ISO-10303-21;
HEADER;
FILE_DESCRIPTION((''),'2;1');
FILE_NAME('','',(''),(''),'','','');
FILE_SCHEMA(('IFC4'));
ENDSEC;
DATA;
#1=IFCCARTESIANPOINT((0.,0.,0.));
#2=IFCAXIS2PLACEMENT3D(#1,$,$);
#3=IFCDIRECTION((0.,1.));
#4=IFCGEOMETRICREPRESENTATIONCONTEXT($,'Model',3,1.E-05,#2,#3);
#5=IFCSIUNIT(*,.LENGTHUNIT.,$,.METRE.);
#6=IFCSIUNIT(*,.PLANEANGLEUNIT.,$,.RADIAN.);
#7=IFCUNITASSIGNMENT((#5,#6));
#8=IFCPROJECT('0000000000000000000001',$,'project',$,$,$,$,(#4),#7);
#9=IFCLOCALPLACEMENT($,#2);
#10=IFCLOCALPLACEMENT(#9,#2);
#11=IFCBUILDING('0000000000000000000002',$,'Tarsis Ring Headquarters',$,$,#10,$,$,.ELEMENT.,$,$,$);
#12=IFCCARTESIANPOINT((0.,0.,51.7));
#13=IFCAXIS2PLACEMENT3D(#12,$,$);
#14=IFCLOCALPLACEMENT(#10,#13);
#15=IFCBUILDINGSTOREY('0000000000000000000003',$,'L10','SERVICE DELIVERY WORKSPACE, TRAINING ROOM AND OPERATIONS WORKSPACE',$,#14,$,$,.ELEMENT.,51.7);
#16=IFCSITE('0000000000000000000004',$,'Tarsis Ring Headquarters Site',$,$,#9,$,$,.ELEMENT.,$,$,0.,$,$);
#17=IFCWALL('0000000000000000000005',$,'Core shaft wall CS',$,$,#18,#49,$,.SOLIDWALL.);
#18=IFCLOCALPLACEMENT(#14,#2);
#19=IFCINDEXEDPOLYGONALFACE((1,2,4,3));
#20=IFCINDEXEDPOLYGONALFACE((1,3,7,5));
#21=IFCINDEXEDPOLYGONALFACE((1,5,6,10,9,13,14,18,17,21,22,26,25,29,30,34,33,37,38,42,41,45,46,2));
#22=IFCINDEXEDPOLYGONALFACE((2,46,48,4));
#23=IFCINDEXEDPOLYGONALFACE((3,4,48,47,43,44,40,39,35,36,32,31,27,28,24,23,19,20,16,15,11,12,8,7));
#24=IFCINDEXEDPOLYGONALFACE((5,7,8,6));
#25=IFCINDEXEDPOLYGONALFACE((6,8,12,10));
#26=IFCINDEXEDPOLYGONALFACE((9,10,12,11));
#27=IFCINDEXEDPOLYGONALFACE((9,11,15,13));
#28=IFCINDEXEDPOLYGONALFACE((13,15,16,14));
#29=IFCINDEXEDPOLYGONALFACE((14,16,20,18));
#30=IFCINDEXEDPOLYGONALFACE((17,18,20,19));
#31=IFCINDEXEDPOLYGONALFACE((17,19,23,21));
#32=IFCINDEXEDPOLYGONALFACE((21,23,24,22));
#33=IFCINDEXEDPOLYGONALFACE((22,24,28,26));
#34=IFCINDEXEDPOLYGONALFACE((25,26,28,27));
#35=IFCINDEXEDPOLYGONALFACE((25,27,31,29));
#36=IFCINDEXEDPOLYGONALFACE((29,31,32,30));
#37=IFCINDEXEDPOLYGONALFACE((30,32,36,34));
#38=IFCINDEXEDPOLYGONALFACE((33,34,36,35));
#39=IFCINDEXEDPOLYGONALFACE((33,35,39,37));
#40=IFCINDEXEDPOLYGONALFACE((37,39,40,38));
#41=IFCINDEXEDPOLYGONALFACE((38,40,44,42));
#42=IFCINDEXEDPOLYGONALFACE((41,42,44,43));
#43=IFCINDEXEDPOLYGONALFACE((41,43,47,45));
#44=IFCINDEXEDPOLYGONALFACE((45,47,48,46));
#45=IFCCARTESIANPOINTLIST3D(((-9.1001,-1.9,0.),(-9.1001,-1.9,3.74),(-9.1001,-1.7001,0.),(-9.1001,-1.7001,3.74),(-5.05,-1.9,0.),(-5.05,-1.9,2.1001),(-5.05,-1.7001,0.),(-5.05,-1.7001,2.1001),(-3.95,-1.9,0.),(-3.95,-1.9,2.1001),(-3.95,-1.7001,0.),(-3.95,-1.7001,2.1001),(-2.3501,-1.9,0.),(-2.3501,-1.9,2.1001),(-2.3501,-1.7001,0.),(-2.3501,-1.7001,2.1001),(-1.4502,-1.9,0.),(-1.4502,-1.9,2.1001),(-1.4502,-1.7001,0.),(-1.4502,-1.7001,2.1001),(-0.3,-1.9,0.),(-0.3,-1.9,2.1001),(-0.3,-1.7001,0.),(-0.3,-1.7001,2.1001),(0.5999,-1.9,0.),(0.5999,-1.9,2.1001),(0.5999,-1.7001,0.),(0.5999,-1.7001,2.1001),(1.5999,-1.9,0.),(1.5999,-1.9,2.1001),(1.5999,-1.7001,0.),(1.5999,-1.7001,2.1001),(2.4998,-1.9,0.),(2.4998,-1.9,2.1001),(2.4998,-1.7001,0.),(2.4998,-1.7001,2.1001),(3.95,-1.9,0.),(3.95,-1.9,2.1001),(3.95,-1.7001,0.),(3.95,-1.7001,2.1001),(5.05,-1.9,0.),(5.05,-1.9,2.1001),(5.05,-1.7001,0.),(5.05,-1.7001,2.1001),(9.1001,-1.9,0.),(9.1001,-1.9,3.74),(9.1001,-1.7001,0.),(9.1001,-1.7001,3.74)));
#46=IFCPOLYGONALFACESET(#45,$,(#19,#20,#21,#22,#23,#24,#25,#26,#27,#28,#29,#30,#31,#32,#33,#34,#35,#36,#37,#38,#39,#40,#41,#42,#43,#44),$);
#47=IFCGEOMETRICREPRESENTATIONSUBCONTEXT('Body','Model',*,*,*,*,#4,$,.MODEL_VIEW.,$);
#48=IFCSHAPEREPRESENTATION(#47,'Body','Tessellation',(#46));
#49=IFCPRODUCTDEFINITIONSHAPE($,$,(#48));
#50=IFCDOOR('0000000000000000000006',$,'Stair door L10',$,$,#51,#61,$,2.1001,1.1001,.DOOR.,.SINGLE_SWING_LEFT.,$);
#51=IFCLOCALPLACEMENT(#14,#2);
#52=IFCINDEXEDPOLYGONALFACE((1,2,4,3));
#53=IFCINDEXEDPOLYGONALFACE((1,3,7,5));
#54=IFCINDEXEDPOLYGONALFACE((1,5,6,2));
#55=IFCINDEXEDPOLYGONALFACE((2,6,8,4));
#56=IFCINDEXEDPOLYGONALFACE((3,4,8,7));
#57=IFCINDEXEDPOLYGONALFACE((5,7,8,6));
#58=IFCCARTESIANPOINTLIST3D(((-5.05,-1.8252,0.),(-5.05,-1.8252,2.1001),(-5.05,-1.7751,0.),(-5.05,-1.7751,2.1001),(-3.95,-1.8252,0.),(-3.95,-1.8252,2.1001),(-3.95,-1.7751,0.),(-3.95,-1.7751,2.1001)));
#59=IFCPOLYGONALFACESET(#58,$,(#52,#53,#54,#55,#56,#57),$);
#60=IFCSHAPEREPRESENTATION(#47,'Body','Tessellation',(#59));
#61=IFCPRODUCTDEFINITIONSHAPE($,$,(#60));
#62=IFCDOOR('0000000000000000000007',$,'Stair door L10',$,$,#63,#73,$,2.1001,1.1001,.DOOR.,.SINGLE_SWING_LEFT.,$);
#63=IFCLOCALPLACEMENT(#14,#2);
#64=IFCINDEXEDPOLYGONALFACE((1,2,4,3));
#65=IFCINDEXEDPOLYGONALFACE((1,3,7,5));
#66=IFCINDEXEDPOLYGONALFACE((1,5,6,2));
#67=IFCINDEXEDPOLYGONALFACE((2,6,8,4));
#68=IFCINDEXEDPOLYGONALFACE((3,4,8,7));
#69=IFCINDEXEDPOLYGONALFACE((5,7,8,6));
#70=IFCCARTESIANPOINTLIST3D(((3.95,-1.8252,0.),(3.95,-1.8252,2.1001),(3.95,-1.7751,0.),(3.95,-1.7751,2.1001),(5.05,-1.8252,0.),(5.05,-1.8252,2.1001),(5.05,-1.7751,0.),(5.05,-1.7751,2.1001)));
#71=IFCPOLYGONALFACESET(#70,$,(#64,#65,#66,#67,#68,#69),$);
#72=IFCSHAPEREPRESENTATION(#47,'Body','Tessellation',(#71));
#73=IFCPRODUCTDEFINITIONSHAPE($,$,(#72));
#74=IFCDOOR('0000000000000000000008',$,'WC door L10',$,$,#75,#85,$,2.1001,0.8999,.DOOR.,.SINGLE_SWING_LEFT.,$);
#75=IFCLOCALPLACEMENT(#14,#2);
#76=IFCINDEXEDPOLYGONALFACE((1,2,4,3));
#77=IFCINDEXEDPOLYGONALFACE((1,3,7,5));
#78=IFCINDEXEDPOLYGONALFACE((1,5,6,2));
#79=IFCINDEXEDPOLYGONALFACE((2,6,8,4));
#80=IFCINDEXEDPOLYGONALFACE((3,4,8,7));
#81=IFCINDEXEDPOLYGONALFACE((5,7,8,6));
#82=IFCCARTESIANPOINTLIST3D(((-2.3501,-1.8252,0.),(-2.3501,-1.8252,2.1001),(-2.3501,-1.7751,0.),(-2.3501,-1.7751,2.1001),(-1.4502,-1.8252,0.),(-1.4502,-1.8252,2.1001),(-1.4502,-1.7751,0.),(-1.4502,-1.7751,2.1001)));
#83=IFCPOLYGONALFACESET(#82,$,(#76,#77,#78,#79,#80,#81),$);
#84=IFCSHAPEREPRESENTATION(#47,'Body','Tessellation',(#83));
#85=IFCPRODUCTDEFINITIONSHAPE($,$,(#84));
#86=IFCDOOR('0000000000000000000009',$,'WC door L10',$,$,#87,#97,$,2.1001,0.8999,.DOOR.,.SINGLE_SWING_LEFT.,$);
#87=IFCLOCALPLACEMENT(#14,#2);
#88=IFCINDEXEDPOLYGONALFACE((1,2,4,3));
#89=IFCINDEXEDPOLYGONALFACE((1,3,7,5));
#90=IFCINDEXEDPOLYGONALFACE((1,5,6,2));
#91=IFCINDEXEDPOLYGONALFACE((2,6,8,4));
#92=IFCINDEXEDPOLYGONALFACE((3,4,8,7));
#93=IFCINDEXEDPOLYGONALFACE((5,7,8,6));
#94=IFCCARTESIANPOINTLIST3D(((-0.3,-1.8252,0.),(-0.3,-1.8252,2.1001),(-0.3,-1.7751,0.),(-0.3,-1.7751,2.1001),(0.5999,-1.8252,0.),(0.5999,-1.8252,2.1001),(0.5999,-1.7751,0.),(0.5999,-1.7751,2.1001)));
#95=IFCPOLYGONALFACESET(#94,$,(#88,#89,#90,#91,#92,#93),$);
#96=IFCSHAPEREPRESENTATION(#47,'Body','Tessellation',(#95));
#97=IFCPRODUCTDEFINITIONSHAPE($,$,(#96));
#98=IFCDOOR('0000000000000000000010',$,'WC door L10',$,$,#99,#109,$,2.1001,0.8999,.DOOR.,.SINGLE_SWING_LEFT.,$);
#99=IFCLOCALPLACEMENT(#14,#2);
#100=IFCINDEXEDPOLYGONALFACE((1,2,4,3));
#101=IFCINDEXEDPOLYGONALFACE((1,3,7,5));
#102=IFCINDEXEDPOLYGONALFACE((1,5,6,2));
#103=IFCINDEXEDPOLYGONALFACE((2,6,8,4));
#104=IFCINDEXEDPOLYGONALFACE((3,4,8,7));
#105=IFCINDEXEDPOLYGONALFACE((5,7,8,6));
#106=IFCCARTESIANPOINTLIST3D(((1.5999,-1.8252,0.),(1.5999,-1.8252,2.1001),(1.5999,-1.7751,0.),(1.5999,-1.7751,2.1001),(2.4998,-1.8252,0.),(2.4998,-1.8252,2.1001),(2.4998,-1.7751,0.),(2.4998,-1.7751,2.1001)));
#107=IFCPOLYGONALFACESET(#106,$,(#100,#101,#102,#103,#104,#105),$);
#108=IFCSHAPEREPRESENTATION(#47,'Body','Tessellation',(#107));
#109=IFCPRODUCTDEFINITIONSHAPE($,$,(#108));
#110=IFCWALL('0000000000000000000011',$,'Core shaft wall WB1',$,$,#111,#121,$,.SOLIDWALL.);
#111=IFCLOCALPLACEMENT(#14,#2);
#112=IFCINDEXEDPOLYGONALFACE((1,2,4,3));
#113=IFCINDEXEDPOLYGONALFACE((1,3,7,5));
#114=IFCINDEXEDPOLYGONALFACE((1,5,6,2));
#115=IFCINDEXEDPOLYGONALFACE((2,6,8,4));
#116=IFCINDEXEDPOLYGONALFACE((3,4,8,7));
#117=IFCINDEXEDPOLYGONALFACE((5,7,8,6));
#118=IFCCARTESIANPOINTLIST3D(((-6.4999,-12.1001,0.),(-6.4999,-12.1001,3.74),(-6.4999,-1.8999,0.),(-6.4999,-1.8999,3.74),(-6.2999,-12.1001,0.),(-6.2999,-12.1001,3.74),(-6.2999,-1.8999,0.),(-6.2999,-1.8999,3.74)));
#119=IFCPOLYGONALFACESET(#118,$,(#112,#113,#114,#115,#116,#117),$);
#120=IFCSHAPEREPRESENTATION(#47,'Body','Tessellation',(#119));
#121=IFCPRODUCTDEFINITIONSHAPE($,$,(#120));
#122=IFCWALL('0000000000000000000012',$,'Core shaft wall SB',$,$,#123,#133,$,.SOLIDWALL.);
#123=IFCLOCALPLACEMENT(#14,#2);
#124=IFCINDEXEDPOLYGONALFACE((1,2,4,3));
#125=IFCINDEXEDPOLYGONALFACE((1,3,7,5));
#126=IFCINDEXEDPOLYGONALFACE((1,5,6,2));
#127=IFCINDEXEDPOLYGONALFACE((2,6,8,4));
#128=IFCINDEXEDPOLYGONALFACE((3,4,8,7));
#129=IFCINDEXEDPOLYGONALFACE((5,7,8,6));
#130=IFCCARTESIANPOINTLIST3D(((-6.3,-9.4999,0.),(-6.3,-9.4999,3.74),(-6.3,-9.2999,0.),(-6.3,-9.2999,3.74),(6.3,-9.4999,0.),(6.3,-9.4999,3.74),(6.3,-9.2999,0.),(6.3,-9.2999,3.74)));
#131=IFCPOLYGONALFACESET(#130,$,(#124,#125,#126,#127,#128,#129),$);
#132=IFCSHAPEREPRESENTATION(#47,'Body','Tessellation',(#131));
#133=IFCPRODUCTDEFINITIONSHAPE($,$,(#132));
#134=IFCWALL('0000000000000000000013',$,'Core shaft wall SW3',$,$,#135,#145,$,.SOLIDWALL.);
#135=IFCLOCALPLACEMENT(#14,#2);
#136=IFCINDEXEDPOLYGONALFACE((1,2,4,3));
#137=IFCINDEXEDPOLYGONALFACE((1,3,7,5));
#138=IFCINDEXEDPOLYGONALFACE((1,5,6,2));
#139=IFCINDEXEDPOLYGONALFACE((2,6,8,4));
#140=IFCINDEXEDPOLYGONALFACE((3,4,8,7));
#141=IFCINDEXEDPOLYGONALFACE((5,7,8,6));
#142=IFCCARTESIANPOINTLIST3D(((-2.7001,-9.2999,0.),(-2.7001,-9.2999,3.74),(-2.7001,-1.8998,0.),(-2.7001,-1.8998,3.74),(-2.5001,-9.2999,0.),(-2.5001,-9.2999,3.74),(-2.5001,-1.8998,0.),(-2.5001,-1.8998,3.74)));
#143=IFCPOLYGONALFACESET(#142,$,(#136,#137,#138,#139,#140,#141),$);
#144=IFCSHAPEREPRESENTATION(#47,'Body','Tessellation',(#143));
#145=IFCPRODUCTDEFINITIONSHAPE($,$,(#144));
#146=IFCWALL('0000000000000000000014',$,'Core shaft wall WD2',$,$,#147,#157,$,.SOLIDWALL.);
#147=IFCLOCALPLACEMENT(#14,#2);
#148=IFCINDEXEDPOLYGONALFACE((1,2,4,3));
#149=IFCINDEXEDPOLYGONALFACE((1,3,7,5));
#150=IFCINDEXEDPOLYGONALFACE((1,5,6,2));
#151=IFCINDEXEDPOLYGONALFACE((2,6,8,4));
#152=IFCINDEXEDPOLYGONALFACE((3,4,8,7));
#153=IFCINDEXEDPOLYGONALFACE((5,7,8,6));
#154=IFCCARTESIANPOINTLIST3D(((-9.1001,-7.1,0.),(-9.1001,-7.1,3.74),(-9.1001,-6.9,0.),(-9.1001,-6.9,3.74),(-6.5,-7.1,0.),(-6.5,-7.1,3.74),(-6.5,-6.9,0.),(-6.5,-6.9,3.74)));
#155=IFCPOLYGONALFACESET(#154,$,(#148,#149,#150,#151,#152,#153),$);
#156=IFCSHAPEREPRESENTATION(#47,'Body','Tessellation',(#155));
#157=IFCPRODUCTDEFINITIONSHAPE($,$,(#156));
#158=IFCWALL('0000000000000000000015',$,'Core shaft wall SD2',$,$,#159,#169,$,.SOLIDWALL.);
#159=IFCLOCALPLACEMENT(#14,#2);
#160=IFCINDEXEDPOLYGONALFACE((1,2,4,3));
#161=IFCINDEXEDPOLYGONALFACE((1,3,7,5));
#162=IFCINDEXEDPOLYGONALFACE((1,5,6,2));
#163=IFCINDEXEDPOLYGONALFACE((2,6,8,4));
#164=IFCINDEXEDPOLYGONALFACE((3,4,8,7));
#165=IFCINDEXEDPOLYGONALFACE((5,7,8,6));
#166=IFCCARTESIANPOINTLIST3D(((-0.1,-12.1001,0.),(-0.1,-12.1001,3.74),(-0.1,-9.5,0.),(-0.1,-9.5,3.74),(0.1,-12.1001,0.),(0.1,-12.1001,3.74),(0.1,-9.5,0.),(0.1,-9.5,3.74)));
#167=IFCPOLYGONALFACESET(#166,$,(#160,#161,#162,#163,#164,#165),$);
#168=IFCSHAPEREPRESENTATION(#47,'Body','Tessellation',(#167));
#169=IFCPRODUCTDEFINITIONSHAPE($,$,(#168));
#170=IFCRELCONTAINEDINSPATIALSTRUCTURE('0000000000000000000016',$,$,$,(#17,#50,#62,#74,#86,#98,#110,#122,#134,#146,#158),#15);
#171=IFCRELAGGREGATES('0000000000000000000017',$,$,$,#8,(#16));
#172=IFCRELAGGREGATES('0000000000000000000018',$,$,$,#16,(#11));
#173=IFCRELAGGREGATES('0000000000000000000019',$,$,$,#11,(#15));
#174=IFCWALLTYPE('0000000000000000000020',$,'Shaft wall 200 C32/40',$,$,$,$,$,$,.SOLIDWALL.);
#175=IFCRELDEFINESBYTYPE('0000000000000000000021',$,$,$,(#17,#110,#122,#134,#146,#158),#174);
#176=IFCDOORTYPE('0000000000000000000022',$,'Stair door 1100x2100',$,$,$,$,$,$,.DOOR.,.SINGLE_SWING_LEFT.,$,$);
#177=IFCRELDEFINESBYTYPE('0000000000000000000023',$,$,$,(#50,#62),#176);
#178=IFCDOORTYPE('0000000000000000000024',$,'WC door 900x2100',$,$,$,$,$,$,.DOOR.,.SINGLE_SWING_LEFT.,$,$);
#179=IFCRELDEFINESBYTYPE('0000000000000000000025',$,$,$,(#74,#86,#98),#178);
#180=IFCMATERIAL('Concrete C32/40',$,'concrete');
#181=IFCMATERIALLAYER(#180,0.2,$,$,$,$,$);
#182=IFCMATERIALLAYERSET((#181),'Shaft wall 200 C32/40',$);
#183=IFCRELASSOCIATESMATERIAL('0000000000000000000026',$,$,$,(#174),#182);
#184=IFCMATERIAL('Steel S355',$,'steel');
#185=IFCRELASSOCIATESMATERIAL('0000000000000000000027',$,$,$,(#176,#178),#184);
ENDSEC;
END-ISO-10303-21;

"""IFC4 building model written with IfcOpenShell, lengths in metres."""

from ifc_helpers import new_model, si_unit, direction, frame, frame_2d, origin, place, context, subcontext, project, spatial, rectangle, extrude, material, layer, layer_set, type_object, element, fill, save


model = new_model("IFC4")

# Units and contexts
model_context = context("Model", 3, precision=1e-05, world=origin(), true_north=direction((0.0, 1.0)))
body_context = subcontext(model_context, "Body", "Model", "MODEL_VIEW")
ifc_project = project(units=[si_unit("LENGTHUNIT", "METRE"), si_unit("PLANEANGLEUNIT", "RADIAN")], contexts=[model_context])

# Site, building, storey
site_placement = place(None, origin())
site = spatial("IfcSite", under=ifc_project, at=site_placement, Name="Tarsis Ring Headquarters Site", CompositionType="ELEMENT", RefElevation=0.0)
building_placement = place(site_placement, origin())
building = spatial("IfcBuilding", under=site, at=building_placement, Name="Tarsis Ring Headquarters", CompositionType="ELEMENT")
storey_placement = place(building_placement, frame((0.0, 0.0, 51.7)))
storey = spatial("IfcBuildingStorey", under=building, at=storey_placement, Name="L10", Description="SERVICE DELIVERY WORKSPACE, TRAINING ROOM AND OPERATIONS WORKSPACE", CompositionType="ELEMENT", Elevation=51.7)

# Shared definitions
ifc_material_1 = material(Name="Concrete C32/40", Category="concrete")

# Wall, openings, doors
ifc_layer_1 = layer(ifc_material_1, 0.2)
ifc_layer_set_1 = layer_set([ifc_layer_1], Name="Shaft wall 200 C32/40")
wall_type_1 = type_object("IfcWallType", Name="Shaft wall 200 C32/40", PredefinedType="SOLIDWALL", material=ifc_layer_set_1)
wall_1_placement = place(storey_placement, frame((-9.1001, -1.8, 0.0), z_axis=(0.0, 0.0, 1.0), x_axis=(1.0, 0.0, 0.0)))
wall_1 = element("IfcWall", 1, at=wall_1_placement, inside=storey, type_object=wall_type_1, Name="Core shaft wall CS", PredefinedType="SOLIDWALL", context=body_context, shape_type="SweptSolid", body=[
    extrude(rectangle(XDim=18.2002, YDim=0.2, at=frame_2d((9.1001, 0.0))), origin(), (0.0, 0.0, 1.0), 3.74),
])
opening_1_placement = place(wall_1_placement, frame((4.05, 0.0, 0.0)))
opening_1 = element("IfcOpeningElement", 2, at=opening_1_placement, cuts=wall_1, PredefinedType="OPENING", context=body_context, shape_type="SweptSolid", body=[
    extrude(rectangle(XDim=1.1001, YDim=2.1001, at=frame_2d((0.55, 1.05))), frame((0.0, 0.1099, 0.0), z_axis=(0.0, -1.0, 0.0), x_axis=(1.0, 0.0, 0.0)), (0.0, 0.0, 1.0), 0.22),
])
opening_2_placement = place(wall_1_placement, frame((6.75, 0.0, 0.0)))
opening_2 = element("IfcOpeningElement", 3, at=opening_2_placement, cuts=wall_1, PredefinedType="OPENING", context=body_context, shape_type="SweptSolid", body=[
    extrude(rectangle(XDim=0.8999, YDim=2.1001, at=frame_2d((0.45, 1.05))), frame((0.0, 0.1099, 0.0), z_axis=(0.0, -1.0, 0.0), x_axis=(1.0, 0.0, 0.0)), (0.0, 0.0, 1.0), 0.22),
])
opening_3_placement = place(wall_1_placement, frame((8.8, 0.0, 0.0)))
opening_3 = element("IfcOpeningElement", 4, at=opening_3_placement, cuts=wall_1, PredefinedType="OPENING", context=body_context, shape_type="SweptSolid", body=[
    extrude(rectangle(XDim=0.8999, YDim=2.1001, at=frame_2d((0.45, 1.05))), frame((0.0, 0.1099, 0.0), z_axis=(0.0, -1.0, 0.0), x_axis=(1.0, 0.0, 0.0)), (0.0, 0.0, 1.0), 0.22),
])
opening_4_placement = place(wall_1_placement, frame((10.7, 0.0, 0.0)))
opening_4 = element("IfcOpeningElement", 5, at=opening_4_placement, cuts=wall_1, PredefinedType="OPENING", context=body_context, shape_type="SweptSolid", body=[
    extrude(rectangle(XDim=0.8999, YDim=2.1001, at=frame_2d((0.45, 1.05))), frame((0.0, 0.1099, 0.0), z_axis=(0.0, -1.0, 0.0), x_axis=(1.0, 0.0, 0.0)), (0.0, 0.0, 1.0), 0.22),
])
opening_5_placement = place(wall_1_placement, frame((13.05, 0.0, 0.0)))
opening_5 = element("IfcOpeningElement", 6, at=opening_5_placement, cuts=wall_1, PredefinedType="OPENING", context=body_context, shape_type="SweptSolid", body=[
    extrude(rectangle(XDim=1.1001, YDim=2.1001, at=frame_2d((0.55, 1.05))), frame((0.0, 0.1099, 0.0), z_axis=(0.0, -1.0, 0.0), x_axis=(1.0, 0.0, 0.0)), (0.0, 0.0, 1.0), 0.22),
])
ifc_material_2 = material(Name="Steel S355", Category="steel")
door_type_1 = type_object("IfcDoorType", Name="Stair door 1100x2100", OperationType="SINGLE_SWING_LEFT", PredefinedType="DOOR", material=ifc_material_2)
door_1_placement = place(opening_1_placement, origin())
door_1 = element("IfcDoor", 7, at=door_1_placement, inside=storey, type_object=door_type_1, Name="Stair door L10", OperationType="SINGLE_SWING_LEFT", OverallHeight=2.1001, OverallWidth=1.1001, PredefinedType="DOOR", context=body_context, shape_type="SweptSolid", body=[
    extrude(rectangle(XDim=1.1001, YDim=2.1001, at=frame_2d((0.55, 1.05))), frame((0.0, 0.0249, 0.0), z_axis=(0.0, -1.0, 0.0), x_axis=(1.0, 0.0, 0.0)), (0.0, 0.0, 1.0), 0.05),
])
fill(opening_1, door_1)
door_2_placement = place(opening_5_placement, origin())
door_2 = element("IfcDoor", 8, at=door_2_placement, inside=storey, type_object=door_type_1, Name="Stair door L10", OperationType="SINGLE_SWING_LEFT", OverallHeight=2.1001, OverallWidth=1.1001, PredefinedType="DOOR", context=body_context, shape_type="SweptSolid", body=[
    extrude(rectangle(XDim=1.1001, YDim=2.1001, at=frame_2d((0.55, 1.05))), frame((0.0, 0.0249, 0.0), z_axis=(0.0, -1.0, 0.0), x_axis=(1.0, 0.0, 0.0)), (0.0, 0.0, 1.0), 0.05),
])
fill(opening_5, door_2)
door_type_2 = type_object("IfcDoorType", Name="WC door 900x2100", OperationType="SINGLE_SWING_LEFT", PredefinedType="DOOR", material=ifc_material_2)
door_3_placement = place(opening_2_placement, origin())
door_3 = element("IfcDoor", 9, at=door_3_placement, inside=storey, type_object=door_type_2, Name="WC door L10", OperationType="SINGLE_SWING_LEFT", OverallHeight=2.1001, OverallWidth=0.8999, PredefinedType="DOOR", context=body_context, shape_type="SweptSolid", body=[
    extrude(rectangle(XDim=0.8999, YDim=2.1001, at=frame_2d((0.45, 1.05))), frame((0.0, 0.0249, 0.0), z_axis=(0.0, -1.0, 0.0), x_axis=(1.0, 0.0, 0.0)), (0.0, 0.0, 1.0), 0.05),
])
fill(opening_2, door_3)
door_4_placement = place(opening_3_placement, origin())
door_4 = element("IfcDoor", 10, at=door_4_placement, inside=storey, type_object=door_type_2, Name="WC door L10", OperationType="SINGLE_SWING_LEFT", OverallHeight=2.1001, OverallWidth=0.8999, PredefinedType="DOOR", context=body_context, shape_type="SweptSolid", body=[
    extrude(rectangle(XDim=0.8999, YDim=2.1001, at=frame_2d((0.45, 1.05))), frame((0.0, 0.0249, 0.0), z_axis=(0.0, -1.0, 0.0), x_axis=(1.0, 0.0, 0.0)), (0.0, 0.0, 1.0), 0.05),
])
fill(opening_3, door_4)
door_5_placement = place(opening_4_placement, origin())
door_5 = element("IfcDoor", 11, at=door_5_placement, inside=storey, type_object=door_type_2, Name="WC door L10", OperationType="SINGLE_SWING_LEFT", OverallHeight=2.1001, OverallWidth=0.8999, PredefinedType="DOOR", context=body_context, shape_type="SweptSolid", body=[
    extrude(rectangle(XDim=0.8999, YDim=2.1001, at=frame_2d((0.45, 1.05))), frame((0.0, 0.0249, 0.0), z_axis=(0.0, -1.0, 0.0), x_axis=(1.0, 0.0, 0.0)), (0.0, 0.0, 1.0), 0.05),
])
fill(opening_4, door_5)

# Walls
wall_2_placement = place(storey_placement, frame((-6.3999, -12.1001, 0.0), z_axis=(0.0, 0.0, 1.0), x_axis=(0.0, 1.0, 0.0)))
element("IfcWall", 12, at=wall_2_placement, inside=storey, type_object=wall_type_1, Name="Core shaft wall WB1", PredefinedType="SOLIDWALL", context=body_context, shape_type="SweptSolid", body=[
    extrude(rectangle(XDim=10.2002, YDim=0.2, at=frame_2d((5.1001, 0.0))), origin(), (0.0, 0.0, 1.0), 3.74),
])
wall_3_placement = place(storey_placement, frame((-6.3, -9.3999, 0.0), z_axis=(0.0, 0.0, 1.0), x_axis=(1.0, 0.0, 0.0)))
element("IfcWall", 13, at=wall_3_placement, inside=storey, type_object=wall_type_1, Name="Core shaft wall SB", PredefinedType="SOLIDWALL", context=body_context, shape_type="SweptSolid", body=[
    extrude(rectangle(XDim=12.6001, YDim=0.2, at=frame_2d((6.3, 0.0))), origin(), (0.0, 0.0, 1.0), 3.74),
])
wall_4_placement = place(storey_placement, frame((-2.6001, -9.3, 0.0), z_axis=(0.0, 0.0, 1.0), x_axis=(0.0, 1.0, 0.0)))
element("IfcWall", 14, at=wall_4_placement, inside=storey, type_object=wall_type_1, Name="Core shaft wall SW3", PredefinedType="SOLIDWALL", context=body_context, shape_type="SweptSolid", body=[
    extrude(rectangle(XDim=7.4001, YDim=0.2, at=frame_2d((3.7002, 0.0))), origin(), (0.0, 0.0, 1.0), 3.74),
])
for number, where, z_axis, x_axis, name in (
    (15, (-9.1001, -7.0, 0.0), (0.0, 0.0, 1.0), (1.0, 0.0, 0.0), "Core shaft wall WD2"),
    (16, (0.0, -12.1001, 0.0), (0.0, 0.0, 1.0), (0.0, 1.0, 0.0), "Core shaft wall SD2"),
):
    element("IfcWall", number, at=place(storey_placement, frame(where, z_axis=z_axis, x_axis=x_axis)), inside=storey, type_object=wall_type_1, Name=name, PredefinedType="SOLIDWALL", context=body_context, shape_type="SweptSolid", body=[
        extrude(rectangle(XDim=2.6001, YDim=0.2, at=frame_2d((1.3, 0.0))), origin(), (0.0, 0.0, 1.0), 3.74),
    ])

save(model, "model.ifc")
